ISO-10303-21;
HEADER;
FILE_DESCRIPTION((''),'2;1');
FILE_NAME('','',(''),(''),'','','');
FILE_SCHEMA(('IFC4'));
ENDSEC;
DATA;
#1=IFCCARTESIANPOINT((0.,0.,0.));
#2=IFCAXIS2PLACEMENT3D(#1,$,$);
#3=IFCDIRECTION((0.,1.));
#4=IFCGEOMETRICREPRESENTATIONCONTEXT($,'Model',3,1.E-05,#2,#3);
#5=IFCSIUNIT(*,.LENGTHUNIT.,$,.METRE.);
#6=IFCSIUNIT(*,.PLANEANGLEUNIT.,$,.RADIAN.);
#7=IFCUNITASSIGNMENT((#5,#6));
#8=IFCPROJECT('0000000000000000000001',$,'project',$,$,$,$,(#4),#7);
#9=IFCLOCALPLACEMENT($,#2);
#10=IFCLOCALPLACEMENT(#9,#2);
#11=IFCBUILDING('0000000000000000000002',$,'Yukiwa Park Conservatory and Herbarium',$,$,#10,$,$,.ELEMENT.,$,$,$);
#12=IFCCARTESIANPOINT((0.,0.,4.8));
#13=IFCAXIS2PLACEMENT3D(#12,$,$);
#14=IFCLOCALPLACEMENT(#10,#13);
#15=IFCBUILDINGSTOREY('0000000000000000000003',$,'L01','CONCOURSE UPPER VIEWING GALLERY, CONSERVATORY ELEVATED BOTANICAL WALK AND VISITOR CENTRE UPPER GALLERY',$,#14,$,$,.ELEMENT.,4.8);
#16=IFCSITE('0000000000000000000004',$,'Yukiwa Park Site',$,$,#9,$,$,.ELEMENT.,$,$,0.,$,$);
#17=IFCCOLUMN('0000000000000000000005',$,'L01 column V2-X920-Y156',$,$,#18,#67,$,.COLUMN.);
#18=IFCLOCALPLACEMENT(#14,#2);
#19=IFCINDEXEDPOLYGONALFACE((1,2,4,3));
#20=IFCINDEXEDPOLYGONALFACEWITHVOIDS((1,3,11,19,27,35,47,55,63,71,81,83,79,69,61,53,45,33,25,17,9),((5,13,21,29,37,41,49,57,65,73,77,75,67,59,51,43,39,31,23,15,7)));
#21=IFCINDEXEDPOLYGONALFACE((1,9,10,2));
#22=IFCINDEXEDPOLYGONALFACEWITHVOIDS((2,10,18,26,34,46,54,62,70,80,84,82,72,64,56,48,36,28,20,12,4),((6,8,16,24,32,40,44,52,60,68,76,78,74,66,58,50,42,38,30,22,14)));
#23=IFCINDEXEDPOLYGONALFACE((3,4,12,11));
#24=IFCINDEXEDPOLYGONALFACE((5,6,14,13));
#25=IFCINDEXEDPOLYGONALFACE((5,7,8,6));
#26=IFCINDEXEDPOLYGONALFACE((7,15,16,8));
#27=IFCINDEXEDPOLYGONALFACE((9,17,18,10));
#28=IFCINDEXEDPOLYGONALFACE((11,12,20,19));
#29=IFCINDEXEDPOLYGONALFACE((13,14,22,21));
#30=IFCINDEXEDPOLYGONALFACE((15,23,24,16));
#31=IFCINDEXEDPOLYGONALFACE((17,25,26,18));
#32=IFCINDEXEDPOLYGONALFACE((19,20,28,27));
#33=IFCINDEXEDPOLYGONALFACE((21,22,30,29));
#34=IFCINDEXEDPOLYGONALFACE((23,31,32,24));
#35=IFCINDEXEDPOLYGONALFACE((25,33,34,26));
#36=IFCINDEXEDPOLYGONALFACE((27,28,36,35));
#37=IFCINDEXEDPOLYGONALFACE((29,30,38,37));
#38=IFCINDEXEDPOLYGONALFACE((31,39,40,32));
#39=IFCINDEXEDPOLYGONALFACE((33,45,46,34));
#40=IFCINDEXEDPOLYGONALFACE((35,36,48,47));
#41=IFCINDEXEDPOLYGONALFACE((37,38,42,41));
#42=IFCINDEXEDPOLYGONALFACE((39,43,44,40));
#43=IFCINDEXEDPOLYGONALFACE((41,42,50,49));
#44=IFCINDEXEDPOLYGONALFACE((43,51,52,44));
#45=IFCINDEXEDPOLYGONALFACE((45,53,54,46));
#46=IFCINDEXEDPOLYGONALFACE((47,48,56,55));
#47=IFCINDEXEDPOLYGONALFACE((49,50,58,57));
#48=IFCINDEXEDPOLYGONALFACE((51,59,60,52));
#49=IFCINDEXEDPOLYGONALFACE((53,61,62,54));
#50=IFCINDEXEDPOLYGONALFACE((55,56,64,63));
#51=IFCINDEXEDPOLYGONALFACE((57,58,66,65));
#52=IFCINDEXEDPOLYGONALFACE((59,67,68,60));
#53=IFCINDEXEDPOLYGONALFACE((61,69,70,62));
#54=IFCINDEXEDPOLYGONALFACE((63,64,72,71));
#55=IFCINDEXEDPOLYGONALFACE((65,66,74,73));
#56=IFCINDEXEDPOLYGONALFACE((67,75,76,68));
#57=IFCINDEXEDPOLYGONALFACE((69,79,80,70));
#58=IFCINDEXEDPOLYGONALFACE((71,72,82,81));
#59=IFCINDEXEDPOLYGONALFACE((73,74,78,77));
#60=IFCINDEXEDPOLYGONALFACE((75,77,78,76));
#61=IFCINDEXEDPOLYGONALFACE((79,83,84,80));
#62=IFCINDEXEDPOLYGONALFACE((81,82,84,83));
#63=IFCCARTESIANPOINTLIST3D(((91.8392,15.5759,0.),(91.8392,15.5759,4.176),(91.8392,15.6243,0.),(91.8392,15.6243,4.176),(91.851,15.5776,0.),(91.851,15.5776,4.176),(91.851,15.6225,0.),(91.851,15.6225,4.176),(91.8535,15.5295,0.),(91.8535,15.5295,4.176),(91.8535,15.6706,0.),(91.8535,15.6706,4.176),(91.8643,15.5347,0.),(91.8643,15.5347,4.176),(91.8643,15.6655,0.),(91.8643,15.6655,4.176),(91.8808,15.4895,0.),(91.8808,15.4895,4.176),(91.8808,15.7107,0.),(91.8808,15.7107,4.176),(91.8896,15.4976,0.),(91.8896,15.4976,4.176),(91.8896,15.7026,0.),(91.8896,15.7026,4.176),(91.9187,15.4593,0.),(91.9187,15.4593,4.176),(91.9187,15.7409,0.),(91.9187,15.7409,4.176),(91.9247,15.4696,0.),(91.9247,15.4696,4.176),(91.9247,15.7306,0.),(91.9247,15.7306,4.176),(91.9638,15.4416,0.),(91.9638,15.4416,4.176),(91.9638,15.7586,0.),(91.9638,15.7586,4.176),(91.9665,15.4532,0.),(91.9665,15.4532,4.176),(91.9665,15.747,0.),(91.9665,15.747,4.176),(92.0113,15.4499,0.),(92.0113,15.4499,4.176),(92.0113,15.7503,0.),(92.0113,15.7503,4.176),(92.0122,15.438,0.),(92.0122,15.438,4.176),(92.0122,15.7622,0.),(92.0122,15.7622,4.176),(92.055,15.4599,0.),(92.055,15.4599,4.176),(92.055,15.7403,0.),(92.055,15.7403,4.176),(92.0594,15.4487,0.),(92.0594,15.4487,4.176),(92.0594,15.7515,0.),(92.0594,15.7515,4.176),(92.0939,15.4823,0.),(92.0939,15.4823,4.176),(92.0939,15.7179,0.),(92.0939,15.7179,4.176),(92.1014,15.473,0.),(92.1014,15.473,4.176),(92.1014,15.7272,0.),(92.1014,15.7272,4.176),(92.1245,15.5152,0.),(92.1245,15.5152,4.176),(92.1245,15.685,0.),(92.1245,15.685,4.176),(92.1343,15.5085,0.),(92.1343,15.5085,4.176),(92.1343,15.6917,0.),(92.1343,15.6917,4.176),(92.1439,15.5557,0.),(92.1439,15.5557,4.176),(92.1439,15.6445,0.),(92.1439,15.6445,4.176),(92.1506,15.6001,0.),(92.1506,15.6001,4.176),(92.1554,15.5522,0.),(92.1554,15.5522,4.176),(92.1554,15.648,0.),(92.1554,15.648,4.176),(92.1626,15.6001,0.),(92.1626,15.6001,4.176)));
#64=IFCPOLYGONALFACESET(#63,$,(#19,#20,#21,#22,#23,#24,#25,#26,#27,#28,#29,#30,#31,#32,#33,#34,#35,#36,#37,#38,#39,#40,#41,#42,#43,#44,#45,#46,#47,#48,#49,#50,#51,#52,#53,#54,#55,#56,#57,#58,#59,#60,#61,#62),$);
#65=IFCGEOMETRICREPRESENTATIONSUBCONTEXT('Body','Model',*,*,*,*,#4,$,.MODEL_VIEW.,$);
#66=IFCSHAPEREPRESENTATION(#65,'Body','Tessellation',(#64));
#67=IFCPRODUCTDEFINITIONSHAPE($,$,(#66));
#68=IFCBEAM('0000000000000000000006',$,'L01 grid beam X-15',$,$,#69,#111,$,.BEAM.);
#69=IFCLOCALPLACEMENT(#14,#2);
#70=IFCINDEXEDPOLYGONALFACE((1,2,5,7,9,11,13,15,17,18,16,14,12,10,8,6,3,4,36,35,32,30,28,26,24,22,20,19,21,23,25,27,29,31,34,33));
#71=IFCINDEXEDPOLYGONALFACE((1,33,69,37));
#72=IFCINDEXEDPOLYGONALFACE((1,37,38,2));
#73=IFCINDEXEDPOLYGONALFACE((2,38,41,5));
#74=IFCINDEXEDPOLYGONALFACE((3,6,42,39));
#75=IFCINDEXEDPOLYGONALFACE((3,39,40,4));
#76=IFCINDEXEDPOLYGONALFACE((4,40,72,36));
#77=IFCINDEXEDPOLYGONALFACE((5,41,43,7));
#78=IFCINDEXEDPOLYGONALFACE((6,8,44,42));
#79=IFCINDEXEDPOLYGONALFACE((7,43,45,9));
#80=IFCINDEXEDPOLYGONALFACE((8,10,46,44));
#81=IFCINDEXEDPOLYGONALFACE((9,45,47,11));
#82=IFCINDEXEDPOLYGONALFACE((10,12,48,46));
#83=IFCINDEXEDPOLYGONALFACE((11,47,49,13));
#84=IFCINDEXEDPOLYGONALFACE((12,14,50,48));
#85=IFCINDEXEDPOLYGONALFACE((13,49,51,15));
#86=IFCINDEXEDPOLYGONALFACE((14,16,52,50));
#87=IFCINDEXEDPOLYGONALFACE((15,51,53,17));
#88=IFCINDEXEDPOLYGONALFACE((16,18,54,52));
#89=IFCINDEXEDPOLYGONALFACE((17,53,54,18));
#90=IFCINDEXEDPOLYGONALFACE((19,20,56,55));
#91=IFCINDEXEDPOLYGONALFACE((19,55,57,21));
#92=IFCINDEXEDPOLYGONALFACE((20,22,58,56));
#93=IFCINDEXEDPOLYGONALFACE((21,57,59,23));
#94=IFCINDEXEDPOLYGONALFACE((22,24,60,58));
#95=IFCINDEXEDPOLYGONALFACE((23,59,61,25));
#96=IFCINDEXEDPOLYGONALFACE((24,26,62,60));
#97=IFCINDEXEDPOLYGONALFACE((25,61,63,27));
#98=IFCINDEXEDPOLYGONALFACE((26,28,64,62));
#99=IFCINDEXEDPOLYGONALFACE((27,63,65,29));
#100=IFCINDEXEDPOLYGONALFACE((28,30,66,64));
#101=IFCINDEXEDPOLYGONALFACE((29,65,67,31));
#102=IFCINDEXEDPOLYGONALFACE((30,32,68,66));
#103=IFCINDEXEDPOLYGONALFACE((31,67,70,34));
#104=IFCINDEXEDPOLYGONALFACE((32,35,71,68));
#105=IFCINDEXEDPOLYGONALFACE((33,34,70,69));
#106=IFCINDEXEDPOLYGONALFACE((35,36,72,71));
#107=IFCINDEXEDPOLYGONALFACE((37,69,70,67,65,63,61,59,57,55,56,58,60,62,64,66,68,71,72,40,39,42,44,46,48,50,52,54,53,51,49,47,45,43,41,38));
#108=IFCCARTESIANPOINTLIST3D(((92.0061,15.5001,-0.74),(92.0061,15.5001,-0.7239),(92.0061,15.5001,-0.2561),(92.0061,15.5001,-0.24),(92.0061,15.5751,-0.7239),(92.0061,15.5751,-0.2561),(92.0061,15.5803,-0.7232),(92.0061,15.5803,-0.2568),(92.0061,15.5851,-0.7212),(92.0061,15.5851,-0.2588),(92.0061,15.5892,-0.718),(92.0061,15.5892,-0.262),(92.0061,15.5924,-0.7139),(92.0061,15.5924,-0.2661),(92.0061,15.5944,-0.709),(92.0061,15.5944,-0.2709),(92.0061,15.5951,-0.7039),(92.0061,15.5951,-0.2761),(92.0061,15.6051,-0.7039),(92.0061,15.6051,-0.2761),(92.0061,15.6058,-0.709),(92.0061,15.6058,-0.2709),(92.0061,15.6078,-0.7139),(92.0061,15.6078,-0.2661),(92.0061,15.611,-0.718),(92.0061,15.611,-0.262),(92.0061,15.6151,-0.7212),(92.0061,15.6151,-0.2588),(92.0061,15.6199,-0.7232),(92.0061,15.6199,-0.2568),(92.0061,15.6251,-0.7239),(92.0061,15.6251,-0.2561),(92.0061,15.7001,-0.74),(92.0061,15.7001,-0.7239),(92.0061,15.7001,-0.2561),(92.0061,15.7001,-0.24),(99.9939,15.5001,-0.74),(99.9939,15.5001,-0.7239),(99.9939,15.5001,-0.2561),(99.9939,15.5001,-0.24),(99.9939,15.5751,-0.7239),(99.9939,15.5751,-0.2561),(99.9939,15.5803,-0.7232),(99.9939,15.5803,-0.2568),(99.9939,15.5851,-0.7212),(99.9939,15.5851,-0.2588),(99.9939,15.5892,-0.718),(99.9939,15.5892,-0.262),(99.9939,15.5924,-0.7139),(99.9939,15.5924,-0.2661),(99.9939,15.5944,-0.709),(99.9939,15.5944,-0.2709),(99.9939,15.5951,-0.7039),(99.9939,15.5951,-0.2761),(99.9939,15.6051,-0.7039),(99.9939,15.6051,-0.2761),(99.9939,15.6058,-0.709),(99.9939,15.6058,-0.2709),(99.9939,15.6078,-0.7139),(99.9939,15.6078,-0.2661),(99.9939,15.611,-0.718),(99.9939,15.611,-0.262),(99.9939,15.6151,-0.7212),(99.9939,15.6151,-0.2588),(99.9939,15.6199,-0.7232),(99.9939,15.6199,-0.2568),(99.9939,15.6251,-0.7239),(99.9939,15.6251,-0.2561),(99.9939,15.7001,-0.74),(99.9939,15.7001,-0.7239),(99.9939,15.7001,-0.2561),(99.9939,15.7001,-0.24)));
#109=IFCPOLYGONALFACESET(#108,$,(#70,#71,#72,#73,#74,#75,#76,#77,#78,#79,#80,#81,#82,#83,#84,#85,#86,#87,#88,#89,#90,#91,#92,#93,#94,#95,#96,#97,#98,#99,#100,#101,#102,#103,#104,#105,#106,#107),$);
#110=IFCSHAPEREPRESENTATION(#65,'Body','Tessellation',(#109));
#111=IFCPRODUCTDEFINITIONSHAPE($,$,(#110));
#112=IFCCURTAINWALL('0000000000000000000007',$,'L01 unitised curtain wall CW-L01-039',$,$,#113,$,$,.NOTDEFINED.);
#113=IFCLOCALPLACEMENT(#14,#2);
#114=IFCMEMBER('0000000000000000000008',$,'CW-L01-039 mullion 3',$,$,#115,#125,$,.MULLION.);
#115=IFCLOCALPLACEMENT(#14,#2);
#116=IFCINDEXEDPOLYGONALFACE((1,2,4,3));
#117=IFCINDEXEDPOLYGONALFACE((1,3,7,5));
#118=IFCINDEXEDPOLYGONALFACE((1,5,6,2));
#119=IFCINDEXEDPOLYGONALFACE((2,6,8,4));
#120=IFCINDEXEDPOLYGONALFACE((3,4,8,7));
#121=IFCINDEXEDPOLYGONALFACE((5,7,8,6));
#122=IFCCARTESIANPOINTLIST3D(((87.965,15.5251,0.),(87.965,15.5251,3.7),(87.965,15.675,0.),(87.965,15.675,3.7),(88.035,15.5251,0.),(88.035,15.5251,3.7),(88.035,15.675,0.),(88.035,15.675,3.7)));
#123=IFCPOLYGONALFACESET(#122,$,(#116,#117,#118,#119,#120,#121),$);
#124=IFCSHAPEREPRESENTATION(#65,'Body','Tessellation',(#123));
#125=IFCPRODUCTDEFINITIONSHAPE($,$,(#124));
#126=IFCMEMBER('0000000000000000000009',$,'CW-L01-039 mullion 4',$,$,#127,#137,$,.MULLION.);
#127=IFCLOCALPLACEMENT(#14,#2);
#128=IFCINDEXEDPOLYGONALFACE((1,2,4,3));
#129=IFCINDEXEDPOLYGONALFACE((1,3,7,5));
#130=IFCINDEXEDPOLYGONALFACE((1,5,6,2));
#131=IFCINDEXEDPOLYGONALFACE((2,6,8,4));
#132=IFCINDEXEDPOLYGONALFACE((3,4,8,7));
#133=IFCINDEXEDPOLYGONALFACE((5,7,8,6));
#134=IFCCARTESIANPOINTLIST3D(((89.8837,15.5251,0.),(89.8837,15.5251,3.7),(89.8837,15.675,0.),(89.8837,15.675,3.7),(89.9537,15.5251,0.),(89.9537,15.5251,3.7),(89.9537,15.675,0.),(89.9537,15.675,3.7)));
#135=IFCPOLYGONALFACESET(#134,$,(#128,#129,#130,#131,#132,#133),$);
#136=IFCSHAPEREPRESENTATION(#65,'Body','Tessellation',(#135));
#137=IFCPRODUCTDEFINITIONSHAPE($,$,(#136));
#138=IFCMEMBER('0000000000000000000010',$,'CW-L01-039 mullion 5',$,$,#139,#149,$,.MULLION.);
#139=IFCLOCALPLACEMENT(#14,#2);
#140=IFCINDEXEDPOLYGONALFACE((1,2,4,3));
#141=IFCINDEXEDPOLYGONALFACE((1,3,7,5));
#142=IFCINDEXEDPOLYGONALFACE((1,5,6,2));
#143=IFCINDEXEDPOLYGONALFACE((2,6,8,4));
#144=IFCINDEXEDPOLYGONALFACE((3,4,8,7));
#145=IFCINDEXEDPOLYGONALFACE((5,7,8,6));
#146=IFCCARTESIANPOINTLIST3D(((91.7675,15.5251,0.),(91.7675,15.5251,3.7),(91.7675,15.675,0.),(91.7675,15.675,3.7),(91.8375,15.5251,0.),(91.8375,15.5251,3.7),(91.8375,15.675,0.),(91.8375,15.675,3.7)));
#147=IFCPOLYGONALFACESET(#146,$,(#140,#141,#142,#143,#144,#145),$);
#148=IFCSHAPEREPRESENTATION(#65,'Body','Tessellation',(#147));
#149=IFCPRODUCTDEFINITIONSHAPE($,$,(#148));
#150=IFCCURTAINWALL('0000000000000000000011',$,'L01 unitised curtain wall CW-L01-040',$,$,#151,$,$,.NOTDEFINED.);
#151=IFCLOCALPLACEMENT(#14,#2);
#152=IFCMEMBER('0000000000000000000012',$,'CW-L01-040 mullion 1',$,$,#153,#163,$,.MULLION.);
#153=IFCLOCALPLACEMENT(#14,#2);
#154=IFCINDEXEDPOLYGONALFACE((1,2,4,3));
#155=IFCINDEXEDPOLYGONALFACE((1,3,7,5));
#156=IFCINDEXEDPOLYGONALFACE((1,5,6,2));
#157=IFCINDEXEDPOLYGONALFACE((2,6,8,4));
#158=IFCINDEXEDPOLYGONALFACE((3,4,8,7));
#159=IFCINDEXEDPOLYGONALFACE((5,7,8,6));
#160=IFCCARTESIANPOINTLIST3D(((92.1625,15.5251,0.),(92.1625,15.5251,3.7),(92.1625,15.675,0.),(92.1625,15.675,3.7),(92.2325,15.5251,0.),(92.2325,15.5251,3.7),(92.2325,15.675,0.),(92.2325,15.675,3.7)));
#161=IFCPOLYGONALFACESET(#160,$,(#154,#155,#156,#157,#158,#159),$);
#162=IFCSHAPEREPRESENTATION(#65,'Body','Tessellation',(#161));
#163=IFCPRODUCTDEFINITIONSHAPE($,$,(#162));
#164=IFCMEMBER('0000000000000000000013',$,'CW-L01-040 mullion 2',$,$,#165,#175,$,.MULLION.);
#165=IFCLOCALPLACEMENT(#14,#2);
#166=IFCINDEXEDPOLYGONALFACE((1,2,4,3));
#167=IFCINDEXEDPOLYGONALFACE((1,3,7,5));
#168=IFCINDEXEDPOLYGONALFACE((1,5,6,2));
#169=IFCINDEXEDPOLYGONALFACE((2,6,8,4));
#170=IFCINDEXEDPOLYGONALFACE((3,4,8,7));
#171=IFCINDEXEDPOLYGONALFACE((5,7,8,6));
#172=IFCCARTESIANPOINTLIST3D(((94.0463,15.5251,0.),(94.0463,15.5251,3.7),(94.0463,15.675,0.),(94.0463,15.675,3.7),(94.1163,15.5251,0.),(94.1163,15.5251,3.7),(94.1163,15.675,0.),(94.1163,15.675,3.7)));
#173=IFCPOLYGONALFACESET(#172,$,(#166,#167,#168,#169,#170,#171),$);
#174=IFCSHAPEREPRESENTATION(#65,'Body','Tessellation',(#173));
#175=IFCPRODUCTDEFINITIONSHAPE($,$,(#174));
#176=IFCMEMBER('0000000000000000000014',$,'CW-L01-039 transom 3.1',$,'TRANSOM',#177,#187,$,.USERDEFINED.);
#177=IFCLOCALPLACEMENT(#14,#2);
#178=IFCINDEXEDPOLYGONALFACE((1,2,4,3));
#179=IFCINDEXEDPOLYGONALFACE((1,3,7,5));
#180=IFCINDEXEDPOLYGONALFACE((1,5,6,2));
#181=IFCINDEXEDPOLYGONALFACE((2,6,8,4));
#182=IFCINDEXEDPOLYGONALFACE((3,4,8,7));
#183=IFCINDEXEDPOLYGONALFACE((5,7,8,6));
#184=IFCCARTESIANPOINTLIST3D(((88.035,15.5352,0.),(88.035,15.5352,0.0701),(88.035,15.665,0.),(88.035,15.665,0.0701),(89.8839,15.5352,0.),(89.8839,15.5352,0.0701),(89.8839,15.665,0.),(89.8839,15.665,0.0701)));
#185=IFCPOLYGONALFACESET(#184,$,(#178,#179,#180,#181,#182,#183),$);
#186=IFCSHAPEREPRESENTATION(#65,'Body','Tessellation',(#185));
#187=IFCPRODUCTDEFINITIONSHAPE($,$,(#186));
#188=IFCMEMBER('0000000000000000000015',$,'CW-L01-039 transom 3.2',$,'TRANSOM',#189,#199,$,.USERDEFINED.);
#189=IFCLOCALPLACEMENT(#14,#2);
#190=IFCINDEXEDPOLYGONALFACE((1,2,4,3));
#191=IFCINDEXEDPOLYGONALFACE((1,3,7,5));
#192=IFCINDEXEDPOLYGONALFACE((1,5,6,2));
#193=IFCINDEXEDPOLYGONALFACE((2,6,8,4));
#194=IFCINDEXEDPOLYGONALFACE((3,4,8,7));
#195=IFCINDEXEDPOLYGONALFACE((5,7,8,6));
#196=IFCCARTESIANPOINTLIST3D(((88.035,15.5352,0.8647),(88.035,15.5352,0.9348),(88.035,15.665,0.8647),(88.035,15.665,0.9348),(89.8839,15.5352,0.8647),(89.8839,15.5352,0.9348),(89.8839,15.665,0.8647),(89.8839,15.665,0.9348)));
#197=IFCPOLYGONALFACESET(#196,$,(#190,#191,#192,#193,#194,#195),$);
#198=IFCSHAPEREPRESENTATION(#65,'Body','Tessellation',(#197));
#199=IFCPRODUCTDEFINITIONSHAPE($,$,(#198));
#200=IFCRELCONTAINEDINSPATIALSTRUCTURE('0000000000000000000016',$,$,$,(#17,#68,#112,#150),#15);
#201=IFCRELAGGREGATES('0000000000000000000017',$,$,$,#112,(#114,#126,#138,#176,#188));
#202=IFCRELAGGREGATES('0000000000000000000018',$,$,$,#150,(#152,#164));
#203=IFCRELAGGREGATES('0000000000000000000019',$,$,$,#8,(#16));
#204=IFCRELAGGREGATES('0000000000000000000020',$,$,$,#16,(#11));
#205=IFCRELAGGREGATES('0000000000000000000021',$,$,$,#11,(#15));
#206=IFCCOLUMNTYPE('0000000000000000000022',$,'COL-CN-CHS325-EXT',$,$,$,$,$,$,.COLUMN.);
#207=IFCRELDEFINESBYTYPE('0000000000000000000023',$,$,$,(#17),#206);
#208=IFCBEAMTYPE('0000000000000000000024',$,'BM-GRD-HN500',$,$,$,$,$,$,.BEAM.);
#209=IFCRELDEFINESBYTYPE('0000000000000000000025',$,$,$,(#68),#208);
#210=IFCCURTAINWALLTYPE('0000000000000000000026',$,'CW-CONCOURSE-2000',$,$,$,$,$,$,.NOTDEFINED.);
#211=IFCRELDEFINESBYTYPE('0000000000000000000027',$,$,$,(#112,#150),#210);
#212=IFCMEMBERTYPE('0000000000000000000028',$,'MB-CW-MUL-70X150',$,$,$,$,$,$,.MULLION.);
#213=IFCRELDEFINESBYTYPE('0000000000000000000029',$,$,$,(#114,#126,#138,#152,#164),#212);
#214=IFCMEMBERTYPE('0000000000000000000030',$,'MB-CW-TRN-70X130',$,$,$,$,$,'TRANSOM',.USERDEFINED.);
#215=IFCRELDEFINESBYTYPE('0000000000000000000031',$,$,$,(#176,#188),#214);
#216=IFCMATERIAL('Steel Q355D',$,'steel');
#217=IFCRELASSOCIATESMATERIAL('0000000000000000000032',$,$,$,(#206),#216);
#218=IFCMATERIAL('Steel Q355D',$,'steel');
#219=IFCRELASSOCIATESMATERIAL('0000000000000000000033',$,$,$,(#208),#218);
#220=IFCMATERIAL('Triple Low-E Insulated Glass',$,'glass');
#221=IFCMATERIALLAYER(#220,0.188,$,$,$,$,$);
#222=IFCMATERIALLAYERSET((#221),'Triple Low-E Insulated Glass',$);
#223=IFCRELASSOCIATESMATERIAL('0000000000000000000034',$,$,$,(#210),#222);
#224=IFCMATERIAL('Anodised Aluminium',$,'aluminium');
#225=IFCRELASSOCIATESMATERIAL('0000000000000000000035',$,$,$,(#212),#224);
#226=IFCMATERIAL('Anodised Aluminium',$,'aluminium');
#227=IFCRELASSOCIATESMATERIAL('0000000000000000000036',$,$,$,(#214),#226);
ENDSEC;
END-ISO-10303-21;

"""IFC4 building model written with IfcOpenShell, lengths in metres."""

from ifc_helpers import new_model, si_unit, direction, frame, origin, origin_2d, place, context, subcontext, project, spatial, rectangle, hollow_circle, i_section, extrude, material, layer, layer_set, material_profile, profile_set, type_object, element, aggregate, save


model = new_model("IFC4")

# Units and contexts
model_context = context("Model", 3, precision=1e-05, world=origin(), true_north=direction((0.0, 1.0)))
body_context = subcontext(model_context, "Body", "Model", "MODEL_VIEW")
ifc_project = project(units=[si_unit("LENGTHUNIT", "METRE"), si_unit("PLANEANGLEUNIT", "RADIAN")], contexts=[model_context])

# Site, building, storey
site_placement = place(None, origin())
site = spatial("IfcSite", under=ifc_project, at=site_placement, Name="Yukiwa Park Site", CompositionType="ELEMENT", RefElevation=0.0)
building_placement = place(site_placement, origin())
building = spatial("IfcBuilding", under=site, at=building_placement, Name="Yukiwa Park Conservatory and Herbarium", CompositionType="ELEMENT")
storey_placement = place(building_placement, frame((0.0, 0.0, 4.8)))
storey = spatial("IfcBuildingStorey", under=building, at=storey_placement, Name="L01", Description="CONCOURSE UPPER VIEWING GALLERY, CONSERVATORY ELEVATED BOTANICAL WALK AND VISITOR CENTRE UPPER GALLERY", CompositionType="ELEMENT", Elevation=4.8)

# Column
ifc_material_1 = material(Name="Steel Q355D", Category="steel")
ifc_material_profile_1 = material_profile(ifc_material_1, hollow_circle(Radius=0.1626, WallThickness=0.012, at=origin_2d()), Name="CHS 325x12")
ifc_profile_set_1 = profile_set([ifc_material_profile_1], Name="Steel Q355D")
column_type = type_object("IfcColumnType", Name="COL-CN-CHS325-EXT", PredefinedType="COLUMN", material=ifc_profile_set_1)
column_placement = place(storey_placement, frame((92.0, 15.6001, 0.0), z_axis=(0.0, 0.0, 1.0), x_axis=(1.0, 0.0, 0.0)))
element("IfcColumn", 1, at=column_placement, inside=storey, type_object=column_type, Name="L01 column V2-X920-Y156", PredefinedType="COLUMN", context=body_context, shape_type="SweptSolid", body=[
    extrude(hollow_circle(Radius=0.1626, WallThickness=0.012, at=origin_2d()), origin(), (0.0, 0.0, 1.0), 4.176),
])

# Beam
ifc_material_2 = material(Name="Steel Q355D", Category="steel")
ifc_material_profile_2 = material_profile(ifc_material_2, i_section(OverallWidth=0.2, OverallDepth=0.5, WebThickness=0.01, FlangeThickness=0.0161, FilletRadius=0.02, at=origin_2d()), Name="HN 500x200x10x16")
ifc_profile_set_2 = profile_set([ifc_material_profile_2], Name="Steel Q355D")
beam_type = type_object("IfcBeamType", Name="BM-GRD-HN500", PredefinedType="BEAM", material=ifc_profile_set_2)
beam_placement = place(storey_placement, frame((92.0061, 15.6001, -0.49), z_axis=(1.0, 0.0, 0.0), x_axis=(0.0, 1.0, 0.0)))
element("IfcBeam", 2, at=beam_placement, inside=storey, type_object=beam_type, Name="L01 grid beam X-15", PredefinedType="BEAM", context=body_context, shape_type="SweptSolid", body=[
    extrude(i_section(OverallWidth=0.2, OverallDepth=0.5, WebThickness=0.01, FlangeThickness=0.0161, FilletRadius=0.02, at=origin_2d()), origin(), (0.0, 0.0, 1.0), 7.9878),
])

# Curtain walls, members
ifc_material_3 = material(Name="Triple Low-E Insulated Glass", Category="glass")
ifc_layer_1 = layer(ifc_material_3, 0.188)
ifc_layer_set_1 = layer_set([ifc_layer_1], Name="Triple Low-E Insulated Glass")
curtain_wall_type = type_object("IfcCurtainWallType", Name="CW-CONCOURSE-2000", PredefinedType="NOTDEFINED", material=ifc_layer_set_1)
curtain_wall_1_placement = place(storey_placement, origin())
curtain_wall_1 = element("IfcCurtainWall", 3, at=curtain_wall_1_placement, inside=storey, type_object=curtain_wall_type, Name="L01 unitised curtain wall CW-L01-039", PredefinedType="NOTDEFINED")
ifc_material_4 = material(Name="Anodised Aluminium", Category="aluminium")
member_type_1 = type_object("IfcMemberType", Name="MB-CW-MUL-70X150", PredefinedType="MULLION", material=ifc_material_4)
member_1_placement = place(storey_placement, frame((88.0, 15.6001, 0.0), z_axis=(0.0, 0.0, 1.0), x_axis=(1.0, 0.0, 0.0)))
member_1 = element("IfcMember", 4, at=member_1_placement, type_object=member_type_1, Name="CW-L01-039 mullion 3", PredefinedType="MULLION", context=body_context, shape_type="SweptSolid", body=[
    extrude(rectangle(XDim=0.0701, YDim=0.1499, at=origin_2d()), origin(), (0.0, 0.0, 1.0), 3.7),
])
member_2_placement = place(storey_placement, frame((89.9187, 15.6001, 0.0), z_axis=(0.0, 0.0, 1.0), x_axis=(1.0, 0.0, 0.0)))
member_2 = element("IfcMember", 5, at=member_2_placement, type_object=member_type_1, Name="CW-L01-039 mullion 4", PredefinedType="MULLION", context=body_context, shape_type="SweptSolid", body=[
    extrude(rectangle(XDim=0.0701, YDim=0.1499, at=origin_2d()), origin(), (0.0, 0.0, 1.0), 3.7),
])
member_3_placement = place(storey_placement, frame((91.8025, 15.6001, 0.0), z_axis=(0.0, 0.0, 1.0), x_axis=(1.0, 0.0, 0.0)))
member_3 = element("IfcMember", 6, at=member_3_placement, type_object=member_type_1, Name="CW-L01-039 mullion 5", PredefinedType="MULLION", context=body_context, shape_type="SweptSolid", body=[
    extrude(rectangle(XDim=0.0701, YDim=0.1499, at=origin_2d()), origin(), (0.0, 0.0, 1.0), 3.7),
])
curtain_wall_2_placement = place(storey_placement, origin())
curtain_wall_2 = element("IfcCurtainWall", 7, at=curtain_wall_2_placement, inside=storey, type_object=curtain_wall_type, Name="L01 unitised curtain wall CW-L01-040", PredefinedType="NOTDEFINED")
member_4_placement = place(storey_placement, frame((92.1975, 15.6001, 0.0), z_axis=(0.0, 0.0, 1.0), x_axis=(1.0, 0.0, 0.0)))
member_4 = element("IfcMember", 8, at=member_4_placement, type_object=member_type_1, Name="CW-L01-040 mullion 1", PredefinedType="MULLION", context=body_context, shape_type="SweptSolid", body=[
    extrude(rectangle(XDim=0.0701, YDim=0.1499, at=origin_2d()), origin(), (0.0, 0.0, 1.0), 3.7),
])
member_5_placement = place(storey_placement, frame((94.0813, 15.6001, 0.0), z_axis=(0.0, 0.0, 1.0), x_axis=(1.0, 0.0, 0.0)))
member_5 = element("IfcMember", 9, at=member_5_placement, type_object=member_type_1, Name="CW-L01-040 mullion 2", PredefinedType="MULLION", context=body_context, shape_type="SweptSolid", body=[
    extrude(rectangle(XDim=0.0701, YDim=0.1499, at=origin_2d()), origin(), (0.0, 0.0, 1.0), 3.7),
])

# Members
ifc_material_5 = material(Name="Anodised Aluminium", Category="aluminium")
member_type_2 = type_object("IfcMemberType", Name="MB-CW-TRN-70X130", ElementType="TRANSOM", PredefinedType="USERDEFINED", material=ifc_material_5)
member_6_placement = place(storey_placement, frame((88.9595, 15.6001, 0.0), z_axis=(0.0, 0.0, 1.0), x_axis=(1.0, 0.0, 0.0)))
member_6 = element("IfcMember", 10, at=member_6_placement, type_object=member_type_2, Name="CW-L01-039 transom 3.1", ObjectType="TRANSOM", PredefinedType="USERDEFINED", context=body_context, shape_type="SweptSolid", body=[
    extrude(rectangle(XDim=1.8489, YDim=0.1299, at=origin_2d()), origin(), (0.0, 0.0, 1.0), 0.0701),
])
member_7_placement = place(storey_placement, frame((88.9595, 15.6001, 0.8647), z_axis=(0.0, 0.0, 1.0), x_axis=(1.0, 0.0, 0.0)))
member_7 = element("IfcMember", 11, at=member_7_placement, type_object=member_type_2, Name="CW-L01-039 transom 3.2", ObjectType="TRANSOM", PredefinedType="USERDEFINED", context=body_context, shape_type="SweptSolid", body=[
    extrude(rectangle(XDim=1.8489, YDim=0.1299, at=origin_2d()), origin(), (0.0, 0.0, 1.0), 0.0701),
])

aggregate(curtain_wall_1, [member_1, member_2, member_3, member_6, member_7])
aggregate(curtain_wall_2, [member_4, member_5])

save(model, "model.ifc")
